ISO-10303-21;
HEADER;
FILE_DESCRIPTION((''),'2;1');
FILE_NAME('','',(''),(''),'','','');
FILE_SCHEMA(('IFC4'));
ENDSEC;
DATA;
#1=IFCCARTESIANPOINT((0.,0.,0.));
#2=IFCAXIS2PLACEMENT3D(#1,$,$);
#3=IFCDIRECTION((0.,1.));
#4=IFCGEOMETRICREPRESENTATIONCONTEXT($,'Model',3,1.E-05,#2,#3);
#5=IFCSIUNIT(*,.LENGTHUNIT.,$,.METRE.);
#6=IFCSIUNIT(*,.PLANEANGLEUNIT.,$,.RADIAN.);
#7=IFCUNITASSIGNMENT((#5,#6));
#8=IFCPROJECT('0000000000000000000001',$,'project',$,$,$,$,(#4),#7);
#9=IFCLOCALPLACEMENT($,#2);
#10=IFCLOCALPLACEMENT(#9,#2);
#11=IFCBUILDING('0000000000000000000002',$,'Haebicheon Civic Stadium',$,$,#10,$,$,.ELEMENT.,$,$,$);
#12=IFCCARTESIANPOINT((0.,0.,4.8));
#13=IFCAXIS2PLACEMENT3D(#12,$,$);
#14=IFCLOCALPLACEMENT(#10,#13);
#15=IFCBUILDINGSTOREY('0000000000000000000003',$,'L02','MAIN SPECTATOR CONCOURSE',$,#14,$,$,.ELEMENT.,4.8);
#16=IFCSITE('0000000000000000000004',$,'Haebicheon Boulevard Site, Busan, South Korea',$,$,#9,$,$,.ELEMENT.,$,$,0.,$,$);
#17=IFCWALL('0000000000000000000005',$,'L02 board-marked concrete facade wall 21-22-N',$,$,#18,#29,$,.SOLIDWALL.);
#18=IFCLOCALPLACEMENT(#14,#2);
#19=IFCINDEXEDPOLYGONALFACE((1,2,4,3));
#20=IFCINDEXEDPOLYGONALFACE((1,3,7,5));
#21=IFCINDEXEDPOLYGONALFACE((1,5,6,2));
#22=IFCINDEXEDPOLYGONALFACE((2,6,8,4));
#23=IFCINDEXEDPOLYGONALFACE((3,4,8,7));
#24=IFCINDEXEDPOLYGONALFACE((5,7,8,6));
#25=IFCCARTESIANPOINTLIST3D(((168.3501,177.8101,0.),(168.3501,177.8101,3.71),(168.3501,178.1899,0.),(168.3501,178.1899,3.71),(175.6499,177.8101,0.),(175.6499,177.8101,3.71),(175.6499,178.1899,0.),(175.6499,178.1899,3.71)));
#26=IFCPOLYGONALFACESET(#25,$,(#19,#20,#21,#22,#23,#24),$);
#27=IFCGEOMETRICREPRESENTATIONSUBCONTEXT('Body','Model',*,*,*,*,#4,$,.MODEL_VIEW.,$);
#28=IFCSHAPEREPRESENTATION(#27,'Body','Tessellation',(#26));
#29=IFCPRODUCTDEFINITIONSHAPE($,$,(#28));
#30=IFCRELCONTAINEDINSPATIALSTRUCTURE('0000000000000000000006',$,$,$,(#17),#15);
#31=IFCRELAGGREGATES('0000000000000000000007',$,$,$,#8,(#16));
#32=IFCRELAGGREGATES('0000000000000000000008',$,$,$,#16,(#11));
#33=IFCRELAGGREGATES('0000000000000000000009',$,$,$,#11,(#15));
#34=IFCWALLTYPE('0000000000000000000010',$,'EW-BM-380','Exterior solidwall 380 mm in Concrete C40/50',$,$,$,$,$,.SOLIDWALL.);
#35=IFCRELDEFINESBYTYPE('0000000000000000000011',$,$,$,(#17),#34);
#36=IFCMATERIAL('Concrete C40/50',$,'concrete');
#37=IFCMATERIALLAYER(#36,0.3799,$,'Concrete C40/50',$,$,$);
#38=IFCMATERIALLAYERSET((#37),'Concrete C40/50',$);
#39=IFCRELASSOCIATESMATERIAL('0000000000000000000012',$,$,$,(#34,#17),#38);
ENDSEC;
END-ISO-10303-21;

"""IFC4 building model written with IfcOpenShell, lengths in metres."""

from ifc_helpers import new_model, si_unit, direction, frame, frame_2d, origin, place, context, subcontext, project, spatial, rectangle, extrude, material, layer, layer_set, type_object, element, save


model = new_model("IFC4")

# Units and contexts
model_context = context("Model", 3, precision=1e-05, world=origin(), true_north=direction((0.0, 1.0)))
body_context = subcontext(model_context, "Body", "Model", "MODEL_VIEW")
ifc_project = project(units=[si_unit("LENGTHUNIT", "METRE"), si_unit("PLANEANGLEUNIT", "RADIAN")], contexts=[model_context])

# Site, building, storey
site_placement = place(None, origin())
site = spatial("IfcSite", under=ifc_project, at=site_placement, Name="Haebicheon Boulevard Site, Busan, South Korea", CompositionType="ELEMENT", RefElevation=0.0)
building_placement = place(site_placement, origin())
building = spatial("IfcBuilding", under=site, at=building_placement, Name="Haebicheon Civic Stadium", CompositionType="ELEMENT")
storey_placement = place(building_placement, frame((0.0, 0.0, 4.8)))
storey = spatial("IfcBuildingStorey", under=building, at=storey_placement, Name="L02", Description="MAIN SPECTATOR CONCOURSE", CompositionType="ELEMENT", Elevation=4.8)

# Shared definitions
ifc_material_1 = material(Name="Concrete C40/50", Category="concrete")
ifc_layer_1 = layer(ifc_material_1, 0.3799, Name="Concrete C40/50")
ifc_layer_set_1 = layer_set([ifc_layer_1], Name="Concrete C40/50")
wall_type = type_object("IfcWallType", Name="EW-BM-380", Description="Exterior solidwall 380 mm in Concrete C40/50", PredefinedType="SOLIDWALL", material=ifc_layer_set_1)

# Wall
wall_1_placement = place(storey_placement, frame((168.3501, 178.0, 0.0), z_axis=(0.0, 0.0, 1.0), x_axis=(1.0, 0.0, 0.0)))
element("IfcWall", 1, at=wall_1_placement, inside=storey, type_object=wall_type, material=ifc_layer_set_1, Name="L02 board-marked concrete facade wall 21-22-N", PredefinedType="SOLIDWALL", context=body_context, shape_type="SweptSolid", body=[
    extrude(rectangle(XDim=7.2998, YDim=0.3799, at=frame_2d((3.6499, 0.0))), origin(), (0.0, 0.0, 1.0), 3.71),
])

save(model, "model.ifc")
